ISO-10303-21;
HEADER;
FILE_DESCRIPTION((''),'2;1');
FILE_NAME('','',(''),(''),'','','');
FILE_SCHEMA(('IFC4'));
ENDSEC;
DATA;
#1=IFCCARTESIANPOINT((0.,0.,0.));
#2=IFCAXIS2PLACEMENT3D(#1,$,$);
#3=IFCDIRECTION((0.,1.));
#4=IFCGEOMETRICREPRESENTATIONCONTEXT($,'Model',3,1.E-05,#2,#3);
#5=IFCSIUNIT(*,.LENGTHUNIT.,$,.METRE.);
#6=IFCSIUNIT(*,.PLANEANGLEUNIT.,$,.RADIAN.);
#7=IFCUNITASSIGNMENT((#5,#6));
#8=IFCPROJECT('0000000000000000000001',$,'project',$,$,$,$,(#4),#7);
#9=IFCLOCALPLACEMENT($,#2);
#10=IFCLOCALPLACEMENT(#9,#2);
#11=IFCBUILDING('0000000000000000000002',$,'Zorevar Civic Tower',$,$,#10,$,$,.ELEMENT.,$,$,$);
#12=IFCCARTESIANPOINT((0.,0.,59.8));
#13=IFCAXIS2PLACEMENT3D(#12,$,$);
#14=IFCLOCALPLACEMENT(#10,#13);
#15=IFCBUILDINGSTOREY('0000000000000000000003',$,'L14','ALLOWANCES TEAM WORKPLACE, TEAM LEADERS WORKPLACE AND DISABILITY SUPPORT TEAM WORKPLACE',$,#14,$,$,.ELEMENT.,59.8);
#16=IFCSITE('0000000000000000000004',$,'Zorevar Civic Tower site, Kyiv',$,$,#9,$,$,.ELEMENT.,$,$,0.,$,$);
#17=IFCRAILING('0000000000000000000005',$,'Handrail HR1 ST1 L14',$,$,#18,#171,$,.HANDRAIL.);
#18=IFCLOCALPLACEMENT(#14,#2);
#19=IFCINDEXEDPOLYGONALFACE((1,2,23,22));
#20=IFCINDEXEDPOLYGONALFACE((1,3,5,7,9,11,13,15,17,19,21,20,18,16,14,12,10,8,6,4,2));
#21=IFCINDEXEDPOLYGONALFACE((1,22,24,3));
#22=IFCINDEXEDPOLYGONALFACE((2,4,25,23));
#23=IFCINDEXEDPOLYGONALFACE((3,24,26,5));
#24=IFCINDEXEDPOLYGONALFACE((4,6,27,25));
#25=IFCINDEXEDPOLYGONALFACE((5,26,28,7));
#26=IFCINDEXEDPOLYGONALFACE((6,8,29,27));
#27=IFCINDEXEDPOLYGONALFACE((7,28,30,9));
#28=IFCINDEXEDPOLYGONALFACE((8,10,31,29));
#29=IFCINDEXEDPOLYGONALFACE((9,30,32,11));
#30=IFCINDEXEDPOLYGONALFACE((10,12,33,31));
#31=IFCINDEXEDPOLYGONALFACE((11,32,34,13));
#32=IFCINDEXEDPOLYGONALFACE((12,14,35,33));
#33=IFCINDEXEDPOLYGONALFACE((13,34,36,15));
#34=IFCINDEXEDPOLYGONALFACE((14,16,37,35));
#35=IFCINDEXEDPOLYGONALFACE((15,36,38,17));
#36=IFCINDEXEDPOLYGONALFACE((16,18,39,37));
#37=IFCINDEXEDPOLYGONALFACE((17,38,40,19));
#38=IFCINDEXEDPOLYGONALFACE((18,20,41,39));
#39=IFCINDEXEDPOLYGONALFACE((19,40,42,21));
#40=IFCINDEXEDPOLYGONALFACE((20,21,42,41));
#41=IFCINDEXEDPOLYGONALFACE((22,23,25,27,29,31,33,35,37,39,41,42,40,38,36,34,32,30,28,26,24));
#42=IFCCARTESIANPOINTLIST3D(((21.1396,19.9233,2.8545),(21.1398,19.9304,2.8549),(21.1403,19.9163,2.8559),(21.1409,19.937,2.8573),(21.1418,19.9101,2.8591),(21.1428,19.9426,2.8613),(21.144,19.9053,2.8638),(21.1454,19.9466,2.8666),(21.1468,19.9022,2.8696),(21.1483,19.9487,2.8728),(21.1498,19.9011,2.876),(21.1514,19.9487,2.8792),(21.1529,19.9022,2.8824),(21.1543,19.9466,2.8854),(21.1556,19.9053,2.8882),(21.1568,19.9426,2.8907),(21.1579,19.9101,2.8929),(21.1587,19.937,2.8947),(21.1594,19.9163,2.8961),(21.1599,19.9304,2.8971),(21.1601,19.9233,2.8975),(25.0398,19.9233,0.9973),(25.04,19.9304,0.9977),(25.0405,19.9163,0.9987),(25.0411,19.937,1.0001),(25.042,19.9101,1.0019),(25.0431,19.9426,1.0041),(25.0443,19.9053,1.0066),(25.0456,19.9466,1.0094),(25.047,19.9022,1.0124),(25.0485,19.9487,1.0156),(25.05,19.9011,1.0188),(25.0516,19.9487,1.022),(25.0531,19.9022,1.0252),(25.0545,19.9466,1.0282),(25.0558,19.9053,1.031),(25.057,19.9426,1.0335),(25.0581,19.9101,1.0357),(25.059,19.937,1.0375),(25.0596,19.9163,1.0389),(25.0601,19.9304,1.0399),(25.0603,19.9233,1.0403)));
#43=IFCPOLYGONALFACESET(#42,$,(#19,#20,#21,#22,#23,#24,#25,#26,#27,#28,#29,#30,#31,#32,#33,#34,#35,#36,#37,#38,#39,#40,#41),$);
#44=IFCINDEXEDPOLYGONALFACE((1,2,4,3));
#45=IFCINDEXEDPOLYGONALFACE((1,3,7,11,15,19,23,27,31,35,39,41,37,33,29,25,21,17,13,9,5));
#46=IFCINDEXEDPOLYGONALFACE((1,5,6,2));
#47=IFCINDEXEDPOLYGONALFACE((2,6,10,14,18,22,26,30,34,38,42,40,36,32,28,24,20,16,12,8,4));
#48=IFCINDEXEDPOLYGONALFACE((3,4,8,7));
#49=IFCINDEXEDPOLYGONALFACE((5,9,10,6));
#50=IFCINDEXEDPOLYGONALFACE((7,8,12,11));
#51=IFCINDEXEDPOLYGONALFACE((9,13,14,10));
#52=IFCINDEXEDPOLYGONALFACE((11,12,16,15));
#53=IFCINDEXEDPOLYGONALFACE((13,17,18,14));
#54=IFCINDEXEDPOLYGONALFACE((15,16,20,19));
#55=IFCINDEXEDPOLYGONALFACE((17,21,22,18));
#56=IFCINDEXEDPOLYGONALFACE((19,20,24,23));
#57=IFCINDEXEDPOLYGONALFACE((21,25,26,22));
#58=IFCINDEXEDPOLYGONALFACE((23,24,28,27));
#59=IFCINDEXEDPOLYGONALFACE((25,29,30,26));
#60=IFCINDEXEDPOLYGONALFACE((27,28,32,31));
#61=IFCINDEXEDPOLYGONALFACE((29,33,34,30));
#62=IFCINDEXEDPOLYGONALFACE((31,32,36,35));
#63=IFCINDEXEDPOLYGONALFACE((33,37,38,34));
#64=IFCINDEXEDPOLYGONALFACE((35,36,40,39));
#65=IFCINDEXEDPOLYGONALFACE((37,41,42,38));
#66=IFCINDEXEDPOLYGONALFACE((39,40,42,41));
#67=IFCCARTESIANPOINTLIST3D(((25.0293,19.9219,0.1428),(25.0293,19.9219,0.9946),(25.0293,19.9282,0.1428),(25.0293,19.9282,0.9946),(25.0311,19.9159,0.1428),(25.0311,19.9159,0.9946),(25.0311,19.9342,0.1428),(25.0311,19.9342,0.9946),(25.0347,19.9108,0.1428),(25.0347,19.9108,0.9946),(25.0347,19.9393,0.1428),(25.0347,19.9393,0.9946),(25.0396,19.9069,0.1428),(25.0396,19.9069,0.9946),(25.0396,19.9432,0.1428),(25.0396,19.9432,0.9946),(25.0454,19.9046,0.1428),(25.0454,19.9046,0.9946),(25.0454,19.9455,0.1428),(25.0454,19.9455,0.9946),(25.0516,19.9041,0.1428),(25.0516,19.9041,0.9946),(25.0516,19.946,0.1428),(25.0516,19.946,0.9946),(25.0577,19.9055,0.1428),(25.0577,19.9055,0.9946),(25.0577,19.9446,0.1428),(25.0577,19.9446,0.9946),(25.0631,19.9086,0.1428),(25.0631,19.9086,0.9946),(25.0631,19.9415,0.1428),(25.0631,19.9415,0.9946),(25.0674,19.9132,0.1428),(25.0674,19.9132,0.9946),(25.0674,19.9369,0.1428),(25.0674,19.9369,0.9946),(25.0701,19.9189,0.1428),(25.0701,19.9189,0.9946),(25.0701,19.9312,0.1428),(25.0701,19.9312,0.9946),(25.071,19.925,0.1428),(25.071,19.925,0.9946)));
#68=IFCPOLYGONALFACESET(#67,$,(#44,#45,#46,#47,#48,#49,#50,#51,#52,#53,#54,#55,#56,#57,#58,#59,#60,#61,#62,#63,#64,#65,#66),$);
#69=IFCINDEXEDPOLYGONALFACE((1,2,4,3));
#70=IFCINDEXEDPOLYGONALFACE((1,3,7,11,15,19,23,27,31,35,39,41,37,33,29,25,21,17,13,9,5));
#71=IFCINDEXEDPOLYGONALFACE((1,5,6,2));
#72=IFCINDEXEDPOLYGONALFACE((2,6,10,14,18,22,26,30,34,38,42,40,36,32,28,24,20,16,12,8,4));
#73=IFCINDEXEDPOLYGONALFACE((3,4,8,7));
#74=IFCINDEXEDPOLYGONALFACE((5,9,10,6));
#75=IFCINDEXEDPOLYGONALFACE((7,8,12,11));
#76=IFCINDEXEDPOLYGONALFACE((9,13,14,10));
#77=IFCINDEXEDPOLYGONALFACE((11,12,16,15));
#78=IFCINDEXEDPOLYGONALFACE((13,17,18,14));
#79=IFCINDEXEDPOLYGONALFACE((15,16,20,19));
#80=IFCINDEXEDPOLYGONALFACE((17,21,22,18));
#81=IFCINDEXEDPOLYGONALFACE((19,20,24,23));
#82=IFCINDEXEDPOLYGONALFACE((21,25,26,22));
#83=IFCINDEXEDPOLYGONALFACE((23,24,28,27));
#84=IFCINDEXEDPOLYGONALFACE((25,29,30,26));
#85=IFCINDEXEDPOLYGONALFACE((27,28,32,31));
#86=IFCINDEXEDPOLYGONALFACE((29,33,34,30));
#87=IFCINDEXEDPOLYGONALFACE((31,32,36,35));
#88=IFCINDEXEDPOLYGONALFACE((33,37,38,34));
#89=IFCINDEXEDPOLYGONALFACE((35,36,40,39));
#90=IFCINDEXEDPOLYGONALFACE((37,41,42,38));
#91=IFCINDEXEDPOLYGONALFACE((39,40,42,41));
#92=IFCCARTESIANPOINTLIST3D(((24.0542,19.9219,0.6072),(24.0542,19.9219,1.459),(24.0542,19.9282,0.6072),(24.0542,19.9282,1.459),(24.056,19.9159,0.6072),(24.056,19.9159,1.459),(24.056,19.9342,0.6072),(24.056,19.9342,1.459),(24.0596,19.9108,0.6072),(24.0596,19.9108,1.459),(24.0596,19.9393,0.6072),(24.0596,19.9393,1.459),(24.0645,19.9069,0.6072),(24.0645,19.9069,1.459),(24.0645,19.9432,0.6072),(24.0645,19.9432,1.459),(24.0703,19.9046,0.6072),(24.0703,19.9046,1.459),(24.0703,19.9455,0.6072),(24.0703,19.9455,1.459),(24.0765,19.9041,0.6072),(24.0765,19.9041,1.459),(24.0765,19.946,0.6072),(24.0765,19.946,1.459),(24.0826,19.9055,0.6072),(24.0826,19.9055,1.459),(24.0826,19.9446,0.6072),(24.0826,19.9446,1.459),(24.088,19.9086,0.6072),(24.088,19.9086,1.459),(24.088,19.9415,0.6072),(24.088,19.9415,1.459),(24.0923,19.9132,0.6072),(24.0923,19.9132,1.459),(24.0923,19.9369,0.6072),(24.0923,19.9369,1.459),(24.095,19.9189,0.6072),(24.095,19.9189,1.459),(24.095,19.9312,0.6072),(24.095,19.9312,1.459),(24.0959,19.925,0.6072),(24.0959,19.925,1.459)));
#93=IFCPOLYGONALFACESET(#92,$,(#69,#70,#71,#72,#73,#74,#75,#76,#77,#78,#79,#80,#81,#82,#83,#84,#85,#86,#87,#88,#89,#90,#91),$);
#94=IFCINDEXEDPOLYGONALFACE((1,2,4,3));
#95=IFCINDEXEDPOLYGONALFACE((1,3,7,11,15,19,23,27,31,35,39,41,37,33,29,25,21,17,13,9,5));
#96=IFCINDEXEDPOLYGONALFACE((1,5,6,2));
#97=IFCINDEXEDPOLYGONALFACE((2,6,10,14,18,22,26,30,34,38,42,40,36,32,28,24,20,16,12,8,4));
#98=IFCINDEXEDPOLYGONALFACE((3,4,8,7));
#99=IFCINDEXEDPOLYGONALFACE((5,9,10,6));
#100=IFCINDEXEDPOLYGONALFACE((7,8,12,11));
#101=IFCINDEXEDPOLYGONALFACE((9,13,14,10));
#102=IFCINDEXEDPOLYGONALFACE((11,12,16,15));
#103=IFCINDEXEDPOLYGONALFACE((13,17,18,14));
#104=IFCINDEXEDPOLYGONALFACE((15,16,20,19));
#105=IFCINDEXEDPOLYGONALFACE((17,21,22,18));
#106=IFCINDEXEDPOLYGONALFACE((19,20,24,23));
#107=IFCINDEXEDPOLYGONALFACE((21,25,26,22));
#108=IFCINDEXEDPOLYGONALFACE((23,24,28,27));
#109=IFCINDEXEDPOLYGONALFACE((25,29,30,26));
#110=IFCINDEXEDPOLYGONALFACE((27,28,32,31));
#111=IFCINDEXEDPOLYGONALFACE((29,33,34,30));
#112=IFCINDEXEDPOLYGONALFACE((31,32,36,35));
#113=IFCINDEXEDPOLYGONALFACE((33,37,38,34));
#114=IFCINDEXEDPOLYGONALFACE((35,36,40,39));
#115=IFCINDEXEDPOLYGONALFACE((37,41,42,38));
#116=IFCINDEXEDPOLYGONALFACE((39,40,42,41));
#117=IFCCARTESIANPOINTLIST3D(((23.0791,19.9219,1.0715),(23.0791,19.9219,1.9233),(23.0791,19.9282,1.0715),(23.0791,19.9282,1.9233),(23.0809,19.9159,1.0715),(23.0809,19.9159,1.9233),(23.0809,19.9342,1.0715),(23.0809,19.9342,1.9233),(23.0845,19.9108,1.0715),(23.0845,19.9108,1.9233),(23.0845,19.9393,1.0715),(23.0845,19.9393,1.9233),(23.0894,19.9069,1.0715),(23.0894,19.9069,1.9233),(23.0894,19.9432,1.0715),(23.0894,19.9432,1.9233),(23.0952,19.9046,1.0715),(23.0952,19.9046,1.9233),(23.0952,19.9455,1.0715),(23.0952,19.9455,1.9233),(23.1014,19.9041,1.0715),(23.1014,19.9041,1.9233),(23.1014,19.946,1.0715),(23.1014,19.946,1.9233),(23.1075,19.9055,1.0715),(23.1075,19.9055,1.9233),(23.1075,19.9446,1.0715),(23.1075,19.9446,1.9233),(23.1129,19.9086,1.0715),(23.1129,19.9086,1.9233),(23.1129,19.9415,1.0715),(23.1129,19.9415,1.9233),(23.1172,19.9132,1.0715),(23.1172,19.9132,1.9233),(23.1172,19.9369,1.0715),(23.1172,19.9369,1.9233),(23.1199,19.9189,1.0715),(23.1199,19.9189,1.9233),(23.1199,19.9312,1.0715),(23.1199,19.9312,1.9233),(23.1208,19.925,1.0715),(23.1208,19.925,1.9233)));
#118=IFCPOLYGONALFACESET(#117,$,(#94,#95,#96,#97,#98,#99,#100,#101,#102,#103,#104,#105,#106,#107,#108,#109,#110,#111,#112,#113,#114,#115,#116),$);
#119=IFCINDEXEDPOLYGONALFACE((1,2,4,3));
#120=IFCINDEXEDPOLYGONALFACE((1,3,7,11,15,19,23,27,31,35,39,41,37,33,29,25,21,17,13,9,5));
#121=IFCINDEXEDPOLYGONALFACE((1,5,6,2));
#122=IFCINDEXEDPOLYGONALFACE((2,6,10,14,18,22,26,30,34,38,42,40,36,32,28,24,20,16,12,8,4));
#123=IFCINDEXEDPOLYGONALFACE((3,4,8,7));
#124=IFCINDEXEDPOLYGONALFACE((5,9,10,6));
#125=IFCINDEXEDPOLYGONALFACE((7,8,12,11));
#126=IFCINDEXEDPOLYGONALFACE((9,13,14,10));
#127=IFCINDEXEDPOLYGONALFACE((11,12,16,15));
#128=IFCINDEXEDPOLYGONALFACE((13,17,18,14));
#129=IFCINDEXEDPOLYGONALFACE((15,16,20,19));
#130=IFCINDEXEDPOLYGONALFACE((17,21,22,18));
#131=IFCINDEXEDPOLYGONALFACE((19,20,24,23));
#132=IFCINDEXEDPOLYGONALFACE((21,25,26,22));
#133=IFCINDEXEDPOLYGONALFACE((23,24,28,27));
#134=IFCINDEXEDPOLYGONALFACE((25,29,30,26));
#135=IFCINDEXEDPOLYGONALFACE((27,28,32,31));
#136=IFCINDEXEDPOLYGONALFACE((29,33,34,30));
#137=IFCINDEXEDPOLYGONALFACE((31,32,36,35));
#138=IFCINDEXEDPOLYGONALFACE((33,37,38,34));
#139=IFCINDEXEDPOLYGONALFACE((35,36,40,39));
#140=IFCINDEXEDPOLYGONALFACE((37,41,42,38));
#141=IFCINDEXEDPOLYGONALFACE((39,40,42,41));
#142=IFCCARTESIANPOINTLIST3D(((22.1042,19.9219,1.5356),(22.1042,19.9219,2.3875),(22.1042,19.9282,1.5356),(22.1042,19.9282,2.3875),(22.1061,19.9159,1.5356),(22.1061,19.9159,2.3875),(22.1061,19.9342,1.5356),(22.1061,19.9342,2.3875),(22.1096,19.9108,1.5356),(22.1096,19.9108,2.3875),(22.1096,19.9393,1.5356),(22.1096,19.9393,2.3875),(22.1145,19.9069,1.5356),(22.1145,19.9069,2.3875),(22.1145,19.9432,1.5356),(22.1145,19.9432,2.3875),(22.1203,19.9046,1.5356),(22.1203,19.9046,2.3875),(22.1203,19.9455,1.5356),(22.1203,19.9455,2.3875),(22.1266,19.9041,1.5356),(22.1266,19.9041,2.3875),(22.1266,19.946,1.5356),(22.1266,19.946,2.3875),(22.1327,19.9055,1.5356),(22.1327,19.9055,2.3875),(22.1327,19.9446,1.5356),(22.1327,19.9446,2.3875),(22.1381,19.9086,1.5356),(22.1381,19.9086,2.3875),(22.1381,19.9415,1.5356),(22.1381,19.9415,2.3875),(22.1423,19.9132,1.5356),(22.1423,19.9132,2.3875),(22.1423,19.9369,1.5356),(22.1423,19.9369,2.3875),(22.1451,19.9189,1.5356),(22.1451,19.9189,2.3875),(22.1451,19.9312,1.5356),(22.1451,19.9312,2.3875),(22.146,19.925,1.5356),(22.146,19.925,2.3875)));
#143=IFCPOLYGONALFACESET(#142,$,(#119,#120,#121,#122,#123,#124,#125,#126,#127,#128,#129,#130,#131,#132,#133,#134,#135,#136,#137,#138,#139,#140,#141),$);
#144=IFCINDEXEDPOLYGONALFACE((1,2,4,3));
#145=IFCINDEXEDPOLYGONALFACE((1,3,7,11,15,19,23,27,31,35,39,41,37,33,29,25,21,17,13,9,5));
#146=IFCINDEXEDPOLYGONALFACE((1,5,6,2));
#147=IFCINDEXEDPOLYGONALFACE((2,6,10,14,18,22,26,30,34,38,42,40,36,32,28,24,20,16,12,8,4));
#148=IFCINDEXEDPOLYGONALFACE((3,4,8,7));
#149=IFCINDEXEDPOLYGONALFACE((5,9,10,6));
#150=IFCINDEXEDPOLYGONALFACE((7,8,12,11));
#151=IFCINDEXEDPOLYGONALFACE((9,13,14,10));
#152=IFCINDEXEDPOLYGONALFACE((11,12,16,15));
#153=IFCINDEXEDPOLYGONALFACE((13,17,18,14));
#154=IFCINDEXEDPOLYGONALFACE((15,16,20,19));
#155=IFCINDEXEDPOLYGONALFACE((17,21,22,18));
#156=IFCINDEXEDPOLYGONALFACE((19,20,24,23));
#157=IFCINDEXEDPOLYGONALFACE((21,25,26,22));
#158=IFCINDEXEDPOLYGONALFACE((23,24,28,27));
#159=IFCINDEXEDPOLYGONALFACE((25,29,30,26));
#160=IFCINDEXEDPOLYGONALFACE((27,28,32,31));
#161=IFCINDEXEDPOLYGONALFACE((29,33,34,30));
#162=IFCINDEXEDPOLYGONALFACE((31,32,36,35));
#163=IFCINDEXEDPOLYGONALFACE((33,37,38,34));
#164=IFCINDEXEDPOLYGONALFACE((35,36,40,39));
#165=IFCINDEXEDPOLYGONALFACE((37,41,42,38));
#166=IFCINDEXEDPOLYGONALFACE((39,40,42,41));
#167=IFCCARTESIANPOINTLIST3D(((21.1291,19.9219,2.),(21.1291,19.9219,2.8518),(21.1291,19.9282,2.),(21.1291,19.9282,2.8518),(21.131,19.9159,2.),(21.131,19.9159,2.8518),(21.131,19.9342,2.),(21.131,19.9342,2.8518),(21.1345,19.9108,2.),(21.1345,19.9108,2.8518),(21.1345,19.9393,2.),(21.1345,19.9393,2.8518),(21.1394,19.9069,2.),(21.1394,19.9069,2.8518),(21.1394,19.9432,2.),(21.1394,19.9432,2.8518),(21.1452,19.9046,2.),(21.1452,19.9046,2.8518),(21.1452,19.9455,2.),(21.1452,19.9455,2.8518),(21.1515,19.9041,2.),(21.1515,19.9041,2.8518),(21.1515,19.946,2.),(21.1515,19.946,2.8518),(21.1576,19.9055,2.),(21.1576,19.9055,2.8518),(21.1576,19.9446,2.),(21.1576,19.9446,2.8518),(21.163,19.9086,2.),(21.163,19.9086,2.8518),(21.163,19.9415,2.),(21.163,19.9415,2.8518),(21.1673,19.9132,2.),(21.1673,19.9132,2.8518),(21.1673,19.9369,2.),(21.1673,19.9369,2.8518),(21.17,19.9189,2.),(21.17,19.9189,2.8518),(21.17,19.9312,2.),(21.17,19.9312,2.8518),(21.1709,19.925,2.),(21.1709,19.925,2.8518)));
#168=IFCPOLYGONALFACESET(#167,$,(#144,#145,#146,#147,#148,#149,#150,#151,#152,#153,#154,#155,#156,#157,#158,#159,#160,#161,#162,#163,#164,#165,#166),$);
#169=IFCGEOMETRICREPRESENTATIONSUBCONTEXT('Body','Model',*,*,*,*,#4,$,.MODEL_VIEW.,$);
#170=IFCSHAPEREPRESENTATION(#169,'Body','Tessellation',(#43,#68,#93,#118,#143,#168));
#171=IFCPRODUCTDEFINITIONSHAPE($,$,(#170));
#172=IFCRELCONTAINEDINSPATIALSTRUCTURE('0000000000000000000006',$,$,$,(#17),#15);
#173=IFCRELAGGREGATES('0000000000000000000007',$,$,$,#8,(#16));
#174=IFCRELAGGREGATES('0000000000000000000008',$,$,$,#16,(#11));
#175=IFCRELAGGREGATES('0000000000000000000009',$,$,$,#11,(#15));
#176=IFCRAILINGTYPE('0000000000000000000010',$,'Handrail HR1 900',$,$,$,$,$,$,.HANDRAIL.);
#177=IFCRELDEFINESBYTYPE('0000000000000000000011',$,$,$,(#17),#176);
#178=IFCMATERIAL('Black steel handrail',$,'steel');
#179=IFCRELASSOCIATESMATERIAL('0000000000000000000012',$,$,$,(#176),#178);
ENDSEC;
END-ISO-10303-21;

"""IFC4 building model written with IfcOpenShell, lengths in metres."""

from ifc_helpers import new_model, si_unit, direction, frame, origin, origin_2d, place, context, subcontext, project, spatial, circle, extrude, material, type_object, element, save


model = new_model("IFC4")

# Units and contexts
model_context = context("Model", 3, precision=1e-05, world=origin(), true_north=direction((0.0, 1.0)))
body_context = subcontext(model_context, "Body", "Model", "MODEL_VIEW")
ifc_project = project(units=[si_unit("LENGTHUNIT", "METRE"), si_unit("PLANEANGLEUNIT", "RADIAN")], contexts=[model_context])

# Site, building, storey
site_placement = place(None, origin())
site = spatial("IfcSite", under=ifc_project, at=site_placement, Name="Zorevar Civic Tower site, Kyiv", CompositionType="ELEMENT", RefElevation=0.0)
building_placement = place(site_placement, origin())
building = spatial("IfcBuilding", under=site, at=building_placement, Name="Zorevar Civic Tower", CompositionType="ELEMENT")
storey_placement = place(building_placement, frame((0.0, 0.0, 59.8)))
storey = spatial("IfcBuildingStorey", under=building, at=storey_placement, Name="L14", Description="ALLOWANCES TEAM WORKPLACE, TEAM LEADERS WORKPLACE AND DISABILITY SUPPORT TEAM WORKPLACE", CompositionType="ELEMENT", Elevation=59.8)

# Railing
ifc_material_1 = material(Name="Black steel handrail", Category="steel")
railing_type = type_object("IfcRailingType", Name="Handrail HR1 900", PredefinedType="HANDRAIL", material=ifc_material_1)
railing_1_placement = place(storey_placement, frame((25.05, 19.925, 0.1428)))
element("IfcRailing", 1, at=railing_1_placement, inside=storey, type_object=railing_type, Name="Handrail HR1 ST1 L14", PredefinedType="HANDRAIL", context=body_context, shape_type="SweptSolid", body=[
    extrude(circle(Radius=0.0239, at=origin_2d()), frame((0.0, 0.0, 0.876), z_axis=(-0.902864, 0.0, 0.429927), x_axis=(0.0, -1.0, 0.0)), (0.0, 0.0, 1.0), 4.3198),
    extrude(circle(Radius=0.021, at=origin_2d()), origin(), (0.0, 0.0, 1.0), 0.8518),
    extrude(circle(Radius=0.021, at=origin_2d()), frame((-0.9751, 0.0, 0.4644)), (0.0, 0.0, 1.0), 0.8518),
    extrude(circle(Radius=0.021, at=origin_2d()), frame((-1.9502, 0.0, 0.9287)), (0.0, 0.0, 1.0), 0.8518),
    extrude(circle(Radius=0.021, at=origin_2d()), frame((-2.925, 0.0, 1.3928)), (0.0, 0.0, 1.0), 0.8518),
    extrude(circle(Radius=0.021, at=origin_2d()), frame((-3.9001, 0.0, 1.8572)), (0.0, 0.0, 1.0), 0.8518),
])

save(model, "model.ifc")
